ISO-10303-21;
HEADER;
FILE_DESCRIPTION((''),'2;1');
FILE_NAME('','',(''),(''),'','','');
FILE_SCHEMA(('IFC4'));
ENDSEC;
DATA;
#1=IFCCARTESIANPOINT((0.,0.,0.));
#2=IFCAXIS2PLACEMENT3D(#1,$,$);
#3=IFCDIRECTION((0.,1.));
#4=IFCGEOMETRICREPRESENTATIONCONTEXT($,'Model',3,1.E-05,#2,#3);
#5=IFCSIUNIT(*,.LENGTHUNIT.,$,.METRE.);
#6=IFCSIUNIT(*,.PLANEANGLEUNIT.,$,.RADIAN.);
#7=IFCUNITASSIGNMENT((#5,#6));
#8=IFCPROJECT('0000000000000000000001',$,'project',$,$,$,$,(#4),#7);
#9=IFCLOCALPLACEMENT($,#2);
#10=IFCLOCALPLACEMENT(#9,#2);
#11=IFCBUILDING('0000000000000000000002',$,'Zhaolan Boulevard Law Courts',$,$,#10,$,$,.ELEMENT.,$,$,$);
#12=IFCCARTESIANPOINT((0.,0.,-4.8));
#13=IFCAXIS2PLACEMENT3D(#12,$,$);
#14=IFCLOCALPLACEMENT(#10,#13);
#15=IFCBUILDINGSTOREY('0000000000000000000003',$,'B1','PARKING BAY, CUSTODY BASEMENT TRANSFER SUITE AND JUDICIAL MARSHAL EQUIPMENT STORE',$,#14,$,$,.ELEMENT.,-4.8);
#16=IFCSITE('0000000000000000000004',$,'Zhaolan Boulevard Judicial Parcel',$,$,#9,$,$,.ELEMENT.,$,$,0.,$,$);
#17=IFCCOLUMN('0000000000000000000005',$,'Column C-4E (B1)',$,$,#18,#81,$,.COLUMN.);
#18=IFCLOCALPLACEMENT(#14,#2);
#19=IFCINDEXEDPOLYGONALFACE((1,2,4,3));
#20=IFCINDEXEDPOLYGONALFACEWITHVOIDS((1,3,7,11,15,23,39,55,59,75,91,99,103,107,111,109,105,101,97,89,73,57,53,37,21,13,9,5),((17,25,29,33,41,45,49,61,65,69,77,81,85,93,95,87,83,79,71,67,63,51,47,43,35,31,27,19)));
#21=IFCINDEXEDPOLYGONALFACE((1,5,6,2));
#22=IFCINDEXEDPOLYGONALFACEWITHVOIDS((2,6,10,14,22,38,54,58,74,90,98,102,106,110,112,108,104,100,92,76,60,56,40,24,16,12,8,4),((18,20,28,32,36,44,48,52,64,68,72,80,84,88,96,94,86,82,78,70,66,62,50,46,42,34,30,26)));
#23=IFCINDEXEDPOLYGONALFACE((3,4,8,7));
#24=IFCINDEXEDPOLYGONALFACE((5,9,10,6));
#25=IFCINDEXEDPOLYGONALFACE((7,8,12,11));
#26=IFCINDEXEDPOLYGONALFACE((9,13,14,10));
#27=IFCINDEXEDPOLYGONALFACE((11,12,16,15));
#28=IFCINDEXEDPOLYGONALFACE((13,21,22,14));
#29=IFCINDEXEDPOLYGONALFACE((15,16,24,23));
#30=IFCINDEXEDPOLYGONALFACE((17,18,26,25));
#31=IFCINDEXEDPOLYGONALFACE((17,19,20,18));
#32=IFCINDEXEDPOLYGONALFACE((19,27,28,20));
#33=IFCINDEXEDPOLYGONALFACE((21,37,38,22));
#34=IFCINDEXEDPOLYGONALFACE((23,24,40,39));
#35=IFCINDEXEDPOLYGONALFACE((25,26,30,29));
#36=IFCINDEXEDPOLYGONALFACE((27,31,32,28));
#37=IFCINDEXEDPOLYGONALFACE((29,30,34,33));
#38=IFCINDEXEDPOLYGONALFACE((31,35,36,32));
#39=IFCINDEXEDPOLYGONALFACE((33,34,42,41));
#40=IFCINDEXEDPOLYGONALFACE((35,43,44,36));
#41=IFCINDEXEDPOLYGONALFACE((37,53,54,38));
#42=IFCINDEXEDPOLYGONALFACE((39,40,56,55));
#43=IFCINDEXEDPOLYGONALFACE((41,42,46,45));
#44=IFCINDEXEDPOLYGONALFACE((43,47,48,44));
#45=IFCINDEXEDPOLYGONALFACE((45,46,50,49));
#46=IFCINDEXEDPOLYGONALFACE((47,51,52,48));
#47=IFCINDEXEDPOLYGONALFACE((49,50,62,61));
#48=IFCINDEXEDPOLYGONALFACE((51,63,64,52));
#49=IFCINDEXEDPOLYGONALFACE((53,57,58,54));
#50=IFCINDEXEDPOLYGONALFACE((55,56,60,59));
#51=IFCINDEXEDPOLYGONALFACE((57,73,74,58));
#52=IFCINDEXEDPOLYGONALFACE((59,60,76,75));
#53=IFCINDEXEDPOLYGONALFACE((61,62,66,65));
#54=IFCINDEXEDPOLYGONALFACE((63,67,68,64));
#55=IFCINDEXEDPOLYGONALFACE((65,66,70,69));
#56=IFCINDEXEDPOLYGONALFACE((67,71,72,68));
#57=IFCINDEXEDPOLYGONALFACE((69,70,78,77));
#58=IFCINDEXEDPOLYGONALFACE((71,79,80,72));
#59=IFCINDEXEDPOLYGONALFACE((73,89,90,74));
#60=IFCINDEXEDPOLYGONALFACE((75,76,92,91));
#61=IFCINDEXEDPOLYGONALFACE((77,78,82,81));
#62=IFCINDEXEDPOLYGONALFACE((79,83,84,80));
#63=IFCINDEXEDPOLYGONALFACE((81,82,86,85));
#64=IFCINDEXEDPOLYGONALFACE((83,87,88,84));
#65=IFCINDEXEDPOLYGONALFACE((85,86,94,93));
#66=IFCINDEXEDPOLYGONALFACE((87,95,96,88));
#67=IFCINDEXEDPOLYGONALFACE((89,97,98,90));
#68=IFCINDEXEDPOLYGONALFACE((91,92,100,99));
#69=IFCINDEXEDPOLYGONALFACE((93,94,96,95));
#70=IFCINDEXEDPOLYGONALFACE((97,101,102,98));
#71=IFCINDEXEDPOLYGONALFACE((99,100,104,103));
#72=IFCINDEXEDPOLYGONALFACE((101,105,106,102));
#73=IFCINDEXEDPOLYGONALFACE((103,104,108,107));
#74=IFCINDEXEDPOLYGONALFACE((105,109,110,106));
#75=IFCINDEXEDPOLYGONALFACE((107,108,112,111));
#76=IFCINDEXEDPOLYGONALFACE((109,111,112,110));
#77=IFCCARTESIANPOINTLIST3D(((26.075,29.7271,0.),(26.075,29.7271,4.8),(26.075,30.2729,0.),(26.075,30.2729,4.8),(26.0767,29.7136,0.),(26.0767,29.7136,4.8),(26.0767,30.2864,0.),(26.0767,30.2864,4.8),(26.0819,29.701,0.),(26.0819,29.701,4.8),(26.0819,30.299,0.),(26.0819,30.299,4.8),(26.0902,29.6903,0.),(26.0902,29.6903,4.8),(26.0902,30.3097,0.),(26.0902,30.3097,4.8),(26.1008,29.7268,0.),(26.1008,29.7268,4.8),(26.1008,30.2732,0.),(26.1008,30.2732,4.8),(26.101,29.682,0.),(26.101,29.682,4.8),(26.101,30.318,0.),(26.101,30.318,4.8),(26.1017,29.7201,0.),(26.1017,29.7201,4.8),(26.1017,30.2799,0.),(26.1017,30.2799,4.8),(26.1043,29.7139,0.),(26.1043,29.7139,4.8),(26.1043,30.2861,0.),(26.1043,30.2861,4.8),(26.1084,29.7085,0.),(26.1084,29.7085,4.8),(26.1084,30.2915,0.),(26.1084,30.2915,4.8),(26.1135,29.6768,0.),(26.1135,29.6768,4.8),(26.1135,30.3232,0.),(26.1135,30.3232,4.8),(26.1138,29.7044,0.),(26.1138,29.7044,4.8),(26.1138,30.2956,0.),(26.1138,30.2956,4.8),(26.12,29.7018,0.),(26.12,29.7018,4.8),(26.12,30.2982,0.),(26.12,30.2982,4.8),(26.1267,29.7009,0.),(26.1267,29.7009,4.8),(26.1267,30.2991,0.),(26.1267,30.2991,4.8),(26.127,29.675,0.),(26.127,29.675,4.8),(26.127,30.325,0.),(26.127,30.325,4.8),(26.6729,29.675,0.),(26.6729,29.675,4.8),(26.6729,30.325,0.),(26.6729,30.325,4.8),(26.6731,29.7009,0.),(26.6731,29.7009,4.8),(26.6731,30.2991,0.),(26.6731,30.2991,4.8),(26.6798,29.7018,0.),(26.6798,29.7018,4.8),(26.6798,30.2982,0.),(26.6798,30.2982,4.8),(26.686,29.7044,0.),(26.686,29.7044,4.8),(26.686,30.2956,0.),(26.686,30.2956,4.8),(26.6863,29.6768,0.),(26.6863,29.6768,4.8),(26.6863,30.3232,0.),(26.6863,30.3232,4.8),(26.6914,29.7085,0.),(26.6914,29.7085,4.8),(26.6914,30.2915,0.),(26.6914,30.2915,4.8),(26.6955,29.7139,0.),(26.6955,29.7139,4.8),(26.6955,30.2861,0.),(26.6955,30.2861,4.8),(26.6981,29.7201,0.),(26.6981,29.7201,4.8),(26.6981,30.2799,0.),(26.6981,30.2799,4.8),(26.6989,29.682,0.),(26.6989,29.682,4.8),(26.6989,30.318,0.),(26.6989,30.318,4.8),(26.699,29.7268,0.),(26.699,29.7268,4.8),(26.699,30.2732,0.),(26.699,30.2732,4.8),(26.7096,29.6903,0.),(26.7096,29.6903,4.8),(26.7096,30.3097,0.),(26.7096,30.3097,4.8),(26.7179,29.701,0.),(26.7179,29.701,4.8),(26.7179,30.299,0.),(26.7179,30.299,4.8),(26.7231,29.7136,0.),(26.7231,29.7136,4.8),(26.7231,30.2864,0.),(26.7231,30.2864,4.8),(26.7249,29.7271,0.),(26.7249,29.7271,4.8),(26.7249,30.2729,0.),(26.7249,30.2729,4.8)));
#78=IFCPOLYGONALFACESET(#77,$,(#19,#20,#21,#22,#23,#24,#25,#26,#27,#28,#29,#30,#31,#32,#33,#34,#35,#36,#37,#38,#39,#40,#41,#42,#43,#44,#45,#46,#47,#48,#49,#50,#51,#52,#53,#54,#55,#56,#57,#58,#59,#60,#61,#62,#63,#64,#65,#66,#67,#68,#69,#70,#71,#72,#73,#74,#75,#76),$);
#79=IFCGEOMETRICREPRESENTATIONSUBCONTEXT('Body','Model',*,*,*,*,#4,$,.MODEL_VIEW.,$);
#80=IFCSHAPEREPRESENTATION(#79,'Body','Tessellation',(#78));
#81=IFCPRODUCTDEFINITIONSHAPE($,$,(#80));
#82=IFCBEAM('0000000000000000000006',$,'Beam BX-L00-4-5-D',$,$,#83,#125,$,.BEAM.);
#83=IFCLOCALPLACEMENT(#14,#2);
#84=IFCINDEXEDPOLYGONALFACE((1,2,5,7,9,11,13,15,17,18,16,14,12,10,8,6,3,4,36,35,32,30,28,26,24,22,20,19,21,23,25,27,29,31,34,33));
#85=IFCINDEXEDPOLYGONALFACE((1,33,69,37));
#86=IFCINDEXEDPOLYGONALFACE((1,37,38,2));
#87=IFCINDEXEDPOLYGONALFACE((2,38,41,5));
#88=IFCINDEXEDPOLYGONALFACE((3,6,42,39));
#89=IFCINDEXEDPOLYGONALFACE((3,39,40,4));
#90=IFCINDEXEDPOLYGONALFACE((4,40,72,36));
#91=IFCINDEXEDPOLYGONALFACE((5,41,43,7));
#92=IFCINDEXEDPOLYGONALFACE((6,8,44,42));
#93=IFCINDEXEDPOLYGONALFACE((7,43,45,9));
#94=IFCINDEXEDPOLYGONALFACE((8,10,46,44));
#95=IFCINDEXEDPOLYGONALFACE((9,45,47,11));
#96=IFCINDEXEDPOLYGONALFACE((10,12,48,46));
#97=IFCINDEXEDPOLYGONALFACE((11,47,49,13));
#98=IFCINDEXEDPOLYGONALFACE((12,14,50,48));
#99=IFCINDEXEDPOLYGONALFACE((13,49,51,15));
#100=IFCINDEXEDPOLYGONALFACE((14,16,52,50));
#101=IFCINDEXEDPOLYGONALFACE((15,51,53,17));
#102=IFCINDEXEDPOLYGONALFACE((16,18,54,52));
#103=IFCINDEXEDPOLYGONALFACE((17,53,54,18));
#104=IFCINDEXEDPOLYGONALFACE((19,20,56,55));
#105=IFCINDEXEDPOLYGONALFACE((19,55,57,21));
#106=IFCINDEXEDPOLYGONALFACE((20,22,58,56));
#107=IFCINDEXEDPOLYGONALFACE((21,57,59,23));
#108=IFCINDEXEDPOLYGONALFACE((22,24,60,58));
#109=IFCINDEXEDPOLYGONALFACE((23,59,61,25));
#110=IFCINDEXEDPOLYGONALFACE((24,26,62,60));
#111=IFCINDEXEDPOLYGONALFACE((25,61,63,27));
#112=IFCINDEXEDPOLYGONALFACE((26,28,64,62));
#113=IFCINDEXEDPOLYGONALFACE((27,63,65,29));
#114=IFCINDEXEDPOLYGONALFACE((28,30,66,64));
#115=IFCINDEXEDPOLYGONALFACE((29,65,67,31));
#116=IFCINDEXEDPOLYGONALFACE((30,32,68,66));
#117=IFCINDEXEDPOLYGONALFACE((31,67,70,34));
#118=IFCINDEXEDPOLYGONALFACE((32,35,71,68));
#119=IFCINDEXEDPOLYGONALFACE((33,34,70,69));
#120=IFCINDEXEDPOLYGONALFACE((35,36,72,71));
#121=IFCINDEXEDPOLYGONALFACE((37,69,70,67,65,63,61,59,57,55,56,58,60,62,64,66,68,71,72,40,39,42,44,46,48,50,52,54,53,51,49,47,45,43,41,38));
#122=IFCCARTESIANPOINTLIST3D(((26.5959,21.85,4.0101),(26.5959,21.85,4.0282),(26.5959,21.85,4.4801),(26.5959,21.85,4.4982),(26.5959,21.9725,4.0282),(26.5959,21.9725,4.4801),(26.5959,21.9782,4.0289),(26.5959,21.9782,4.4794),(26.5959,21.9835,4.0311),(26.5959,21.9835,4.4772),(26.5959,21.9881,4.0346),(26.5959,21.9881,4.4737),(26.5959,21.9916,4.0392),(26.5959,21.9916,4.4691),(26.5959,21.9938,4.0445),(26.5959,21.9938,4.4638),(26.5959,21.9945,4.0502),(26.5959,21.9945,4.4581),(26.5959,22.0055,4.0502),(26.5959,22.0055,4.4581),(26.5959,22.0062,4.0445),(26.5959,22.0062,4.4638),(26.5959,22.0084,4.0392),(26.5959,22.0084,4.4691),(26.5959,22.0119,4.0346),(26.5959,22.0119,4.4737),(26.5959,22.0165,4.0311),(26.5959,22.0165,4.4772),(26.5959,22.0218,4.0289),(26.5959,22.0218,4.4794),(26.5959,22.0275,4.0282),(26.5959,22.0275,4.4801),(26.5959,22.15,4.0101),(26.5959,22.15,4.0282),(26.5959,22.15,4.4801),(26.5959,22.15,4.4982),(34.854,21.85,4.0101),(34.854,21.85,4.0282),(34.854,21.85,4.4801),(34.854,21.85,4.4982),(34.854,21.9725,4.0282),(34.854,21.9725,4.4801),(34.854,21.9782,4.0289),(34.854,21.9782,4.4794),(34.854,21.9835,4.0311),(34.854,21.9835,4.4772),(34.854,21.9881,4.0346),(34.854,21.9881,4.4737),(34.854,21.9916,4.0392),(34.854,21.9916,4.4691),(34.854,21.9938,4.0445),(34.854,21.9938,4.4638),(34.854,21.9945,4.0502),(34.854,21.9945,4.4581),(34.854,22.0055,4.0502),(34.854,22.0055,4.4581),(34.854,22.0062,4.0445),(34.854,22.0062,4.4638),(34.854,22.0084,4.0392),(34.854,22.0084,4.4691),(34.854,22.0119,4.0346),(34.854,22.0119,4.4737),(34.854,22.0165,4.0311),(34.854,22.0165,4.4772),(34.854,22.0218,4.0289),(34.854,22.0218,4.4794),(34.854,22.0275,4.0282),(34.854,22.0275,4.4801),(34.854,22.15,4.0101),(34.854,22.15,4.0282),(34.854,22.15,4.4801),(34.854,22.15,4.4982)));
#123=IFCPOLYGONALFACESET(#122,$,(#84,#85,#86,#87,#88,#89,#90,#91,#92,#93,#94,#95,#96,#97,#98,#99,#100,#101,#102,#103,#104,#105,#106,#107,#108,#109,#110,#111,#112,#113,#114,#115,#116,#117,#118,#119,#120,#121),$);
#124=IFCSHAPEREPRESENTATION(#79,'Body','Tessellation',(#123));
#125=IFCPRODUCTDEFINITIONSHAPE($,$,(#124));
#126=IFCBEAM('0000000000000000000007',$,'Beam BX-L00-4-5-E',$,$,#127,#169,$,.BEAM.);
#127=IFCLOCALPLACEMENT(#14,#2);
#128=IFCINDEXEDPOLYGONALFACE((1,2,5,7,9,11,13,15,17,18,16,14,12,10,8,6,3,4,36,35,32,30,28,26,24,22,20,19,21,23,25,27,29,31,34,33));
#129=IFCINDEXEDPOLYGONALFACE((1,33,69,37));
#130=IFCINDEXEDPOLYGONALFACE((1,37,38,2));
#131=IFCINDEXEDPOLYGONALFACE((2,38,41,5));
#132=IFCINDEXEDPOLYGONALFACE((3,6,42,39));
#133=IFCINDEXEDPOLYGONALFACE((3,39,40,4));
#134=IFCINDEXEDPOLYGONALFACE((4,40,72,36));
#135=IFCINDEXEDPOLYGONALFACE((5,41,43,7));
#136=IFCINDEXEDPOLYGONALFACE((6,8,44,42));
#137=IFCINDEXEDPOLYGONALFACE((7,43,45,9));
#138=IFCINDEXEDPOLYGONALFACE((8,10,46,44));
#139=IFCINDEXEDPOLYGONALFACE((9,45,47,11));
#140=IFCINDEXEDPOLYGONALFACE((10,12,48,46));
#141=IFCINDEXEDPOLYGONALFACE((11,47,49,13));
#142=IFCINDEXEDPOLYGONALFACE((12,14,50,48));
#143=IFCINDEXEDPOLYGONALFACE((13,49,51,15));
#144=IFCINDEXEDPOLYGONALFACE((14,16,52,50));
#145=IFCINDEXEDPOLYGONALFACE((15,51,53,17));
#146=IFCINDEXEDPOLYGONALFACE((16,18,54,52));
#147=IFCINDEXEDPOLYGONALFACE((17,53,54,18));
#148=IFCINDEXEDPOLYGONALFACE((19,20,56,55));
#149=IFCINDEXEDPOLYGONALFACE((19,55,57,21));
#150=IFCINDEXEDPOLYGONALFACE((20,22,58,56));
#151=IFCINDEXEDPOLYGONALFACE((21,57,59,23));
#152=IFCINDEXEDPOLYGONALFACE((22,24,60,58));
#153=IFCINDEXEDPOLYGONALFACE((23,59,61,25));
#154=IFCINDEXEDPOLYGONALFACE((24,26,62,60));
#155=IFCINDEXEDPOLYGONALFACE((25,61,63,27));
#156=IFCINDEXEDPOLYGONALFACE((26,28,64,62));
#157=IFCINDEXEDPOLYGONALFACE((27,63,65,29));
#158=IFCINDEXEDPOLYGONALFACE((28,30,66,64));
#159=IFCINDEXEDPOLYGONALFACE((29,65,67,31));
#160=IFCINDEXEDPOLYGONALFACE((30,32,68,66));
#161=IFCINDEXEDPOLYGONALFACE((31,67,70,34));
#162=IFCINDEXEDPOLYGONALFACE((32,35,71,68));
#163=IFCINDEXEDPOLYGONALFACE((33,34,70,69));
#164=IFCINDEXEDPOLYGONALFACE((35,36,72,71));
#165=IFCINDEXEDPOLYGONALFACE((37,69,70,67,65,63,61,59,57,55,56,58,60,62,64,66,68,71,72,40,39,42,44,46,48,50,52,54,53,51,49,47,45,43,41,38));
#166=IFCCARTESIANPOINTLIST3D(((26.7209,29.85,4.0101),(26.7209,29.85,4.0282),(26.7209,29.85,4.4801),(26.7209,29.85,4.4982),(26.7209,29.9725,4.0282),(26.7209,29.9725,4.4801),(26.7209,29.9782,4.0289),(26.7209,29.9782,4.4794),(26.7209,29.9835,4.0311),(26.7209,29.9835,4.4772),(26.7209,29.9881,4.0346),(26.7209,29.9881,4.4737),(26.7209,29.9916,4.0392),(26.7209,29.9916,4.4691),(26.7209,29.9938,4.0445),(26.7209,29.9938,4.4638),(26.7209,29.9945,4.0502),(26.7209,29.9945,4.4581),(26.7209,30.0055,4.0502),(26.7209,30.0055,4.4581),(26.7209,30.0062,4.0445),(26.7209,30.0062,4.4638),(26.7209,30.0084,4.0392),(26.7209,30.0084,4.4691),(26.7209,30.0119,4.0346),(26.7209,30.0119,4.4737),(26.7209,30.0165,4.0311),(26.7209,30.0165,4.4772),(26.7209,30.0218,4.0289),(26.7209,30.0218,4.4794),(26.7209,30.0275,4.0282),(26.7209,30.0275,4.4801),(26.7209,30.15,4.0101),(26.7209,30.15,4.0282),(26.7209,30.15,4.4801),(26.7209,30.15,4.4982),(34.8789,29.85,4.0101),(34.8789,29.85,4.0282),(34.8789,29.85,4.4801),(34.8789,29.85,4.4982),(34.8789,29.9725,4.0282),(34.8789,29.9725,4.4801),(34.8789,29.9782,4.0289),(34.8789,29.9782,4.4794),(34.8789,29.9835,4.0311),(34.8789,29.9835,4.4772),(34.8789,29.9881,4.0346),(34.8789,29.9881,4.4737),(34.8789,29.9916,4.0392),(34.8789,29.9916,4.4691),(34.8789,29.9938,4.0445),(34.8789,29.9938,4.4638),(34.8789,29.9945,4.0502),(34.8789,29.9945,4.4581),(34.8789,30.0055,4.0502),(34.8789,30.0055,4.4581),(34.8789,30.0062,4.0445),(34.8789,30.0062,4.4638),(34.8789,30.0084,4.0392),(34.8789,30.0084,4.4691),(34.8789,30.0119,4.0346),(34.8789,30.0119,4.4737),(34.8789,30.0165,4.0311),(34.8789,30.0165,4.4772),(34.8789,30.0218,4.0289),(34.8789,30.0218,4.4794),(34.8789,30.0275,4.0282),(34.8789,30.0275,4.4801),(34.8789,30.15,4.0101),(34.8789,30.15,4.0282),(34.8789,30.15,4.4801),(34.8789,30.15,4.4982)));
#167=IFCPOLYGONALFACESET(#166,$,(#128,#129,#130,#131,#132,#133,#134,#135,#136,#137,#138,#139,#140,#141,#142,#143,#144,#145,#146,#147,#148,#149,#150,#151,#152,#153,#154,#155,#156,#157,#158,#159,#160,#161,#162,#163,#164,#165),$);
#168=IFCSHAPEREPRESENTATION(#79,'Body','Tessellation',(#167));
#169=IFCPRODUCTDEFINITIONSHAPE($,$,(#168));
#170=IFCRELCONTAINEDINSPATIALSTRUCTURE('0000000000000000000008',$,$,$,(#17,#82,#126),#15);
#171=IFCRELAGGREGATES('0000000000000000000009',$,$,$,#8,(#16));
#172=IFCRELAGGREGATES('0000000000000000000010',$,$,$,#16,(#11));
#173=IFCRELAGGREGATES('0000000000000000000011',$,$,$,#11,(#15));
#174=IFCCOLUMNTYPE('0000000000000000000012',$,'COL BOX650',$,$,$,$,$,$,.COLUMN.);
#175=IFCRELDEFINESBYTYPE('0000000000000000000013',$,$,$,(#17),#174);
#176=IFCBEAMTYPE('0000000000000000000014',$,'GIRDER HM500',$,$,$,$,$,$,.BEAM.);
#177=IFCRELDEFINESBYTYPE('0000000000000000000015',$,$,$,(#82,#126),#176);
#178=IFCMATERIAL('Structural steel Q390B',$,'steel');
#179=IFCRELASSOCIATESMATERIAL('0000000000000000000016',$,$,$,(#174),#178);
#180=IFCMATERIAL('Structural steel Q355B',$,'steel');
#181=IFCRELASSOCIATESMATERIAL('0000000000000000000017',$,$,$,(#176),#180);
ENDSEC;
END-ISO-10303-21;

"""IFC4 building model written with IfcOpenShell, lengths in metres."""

from ifc_helpers import new_model, si_unit, direction, frame, origin, origin_2d, place, context, subcontext, project, spatial, hollow_rectangle, i_section, extrude, material, material_profile, profile_set, type_object, element, save


model = new_model("IFC4")

# Units and contexts
model_context = context("Model", 3, precision=1e-05, world=origin(), true_north=direction((0.0, 1.0)))
body_context = subcontext(model_context, "Body", "Model", "MODEL_VIEW")
ifc_project = project(units=[si_unit("LENGTHUNIT", "METRE"), si_unit("PLANEANGLEUNIT", "RADIAN")], contexts=[model_context])

# Site, building, storey
site_placement = place(None, origin())
site = spatial("IfcSite", under=ifc_project, at=site_placement, Name="Zhaolan Boulevard Judicial Parcel", CompositionType="ELEMENT", RefElevation=0.0)
building_placement = place(site_placement, origin())
building = spatial("IfcBuilding", under=site, at=building_placement, Name="Zhaolan Boulevard Law Courts", CompositionType="ELEMENT")
storey_placement = place(building_placement, frame((0.0, 0.0, -4.8)))
storey = spatial("IfcBuildingStorey", under=building, at=storey_placement, Name="B1", Description="PARKING BAY, CUSTODY BASEMENT TRANSFER SUITE AND JUDICIAL MARSHAL EQUIPMENT STORE", CompositionType="ELEMENT", Elevation=-4.8)

# Column
ifc_material_1 = material(Name="Structural steel Q390B", Category="steel")
ifc_material_profile_1 = material_profile(ifc_material_1, hollow_rectangle(XDim=0.6499, YDim=0.6499, WallThickness=0.0259, InnerFilletRadius=0.0259, OuterFilletRadius=0.052, at=origin_2d()), Name="BOX650x650x26")
ifc_profile_set_1 = profile_set([ifc_material_profile_1], Name="Structural steel Q390B")
column_type_1 = type_object("IfcColumnType", Name="COL BOX650", PredefinedType="COLUMN", material=ifc_profile_set_1)
column_1_placement = place(storey_placement, frame((26.3999, 30.0, 0.0), z_axis=(0.0, 0.0, 1.0), x_axis=(1.0, 0.0, 0.0)))
element("IfcColumn", 1, at=column_1_placement, inside=storey, type_object=column_type_1, Name="Column C-4E (B1)", PredefinedType="COLUMN", context=body_context, shape_type="SweptSolid", body=[
    extrude(hollow_rectangle(XDim=0.6499, YDim=0.6499, WallThickness=0.0259, InnerFilletRadius=0.0259, OuterFilletRadius=0.052, at=origin_2d()), origin(), (0.0, 0.0, 1.0), 4.8),
])

# Beams
ifc_material_2 = material(Name="Structural steel Q355B", Category="steel")
ifc_material_profile_2 = material_profile(ifc_material_2, i_section(OverallWidth=0.3, OverallDepth=0.488, WebThickness=0.011, FlangeThickness=0.0181, FilletRadius=0.022, at=origin_2d()), Name="HM488x300")
ifc_profile_set_2 = profile_set([ifc_material_profile_2], Name="Structural steel Q355B")
beam_type_1 = type_object("IfcBeamType", Name="GIRDER HM500", PredefinedType="BEAM", material=ifc_profile_set_2)
beam_1_placement = place(storey_placement, frame((26.5959, 22.0, 4.2542), z_axis=(1.0, 0.0, 0.0), x_axis=(0.0, 1.0, 0.0)))
element("IfcBeam", 2, at=beam_1_placement, inside=storey, type_object=beam_type_1, Name="Beam BX-L00-4-5-D", PredefinedType="BEAM", context=body_context, shape_type="SweptSolid", body=[
    extrude(i_section(OverallWidth=0.3, OverallDepth=0.488, WebThickness=0.011, FlangeThickness=0.0181, FilletRadius=0.022, at=origin_2d()), origin(), (0.0, 0.0, 1.0), 8.2581),
])
beam_2_placement = place(storey_placement, frame((26.7209, 30.0, 4.2542), z_axis=(1.0, 0.0, 0.0), x_axis=(0.0, 1.0, 0.0)))
element("IfcBeam", 3, at=beam_2_placement, inside=storey, type_object=beam_type_1, Name="Beam BX-L00-4-5-E", PredefinedType="BEAM", context=body_context, shape_type="SweptSolid", body=[
    extrude(i_section(OverallWidth=0.3, OverallDepth=0.488, WebThickness=0.011, FlangeThickness=0.0181, FilletRadius=0.022, at=origin_2d()), origin(), (0.0, 0.0, 1.0), 8.158),
])

save(model, "model.ifc")
